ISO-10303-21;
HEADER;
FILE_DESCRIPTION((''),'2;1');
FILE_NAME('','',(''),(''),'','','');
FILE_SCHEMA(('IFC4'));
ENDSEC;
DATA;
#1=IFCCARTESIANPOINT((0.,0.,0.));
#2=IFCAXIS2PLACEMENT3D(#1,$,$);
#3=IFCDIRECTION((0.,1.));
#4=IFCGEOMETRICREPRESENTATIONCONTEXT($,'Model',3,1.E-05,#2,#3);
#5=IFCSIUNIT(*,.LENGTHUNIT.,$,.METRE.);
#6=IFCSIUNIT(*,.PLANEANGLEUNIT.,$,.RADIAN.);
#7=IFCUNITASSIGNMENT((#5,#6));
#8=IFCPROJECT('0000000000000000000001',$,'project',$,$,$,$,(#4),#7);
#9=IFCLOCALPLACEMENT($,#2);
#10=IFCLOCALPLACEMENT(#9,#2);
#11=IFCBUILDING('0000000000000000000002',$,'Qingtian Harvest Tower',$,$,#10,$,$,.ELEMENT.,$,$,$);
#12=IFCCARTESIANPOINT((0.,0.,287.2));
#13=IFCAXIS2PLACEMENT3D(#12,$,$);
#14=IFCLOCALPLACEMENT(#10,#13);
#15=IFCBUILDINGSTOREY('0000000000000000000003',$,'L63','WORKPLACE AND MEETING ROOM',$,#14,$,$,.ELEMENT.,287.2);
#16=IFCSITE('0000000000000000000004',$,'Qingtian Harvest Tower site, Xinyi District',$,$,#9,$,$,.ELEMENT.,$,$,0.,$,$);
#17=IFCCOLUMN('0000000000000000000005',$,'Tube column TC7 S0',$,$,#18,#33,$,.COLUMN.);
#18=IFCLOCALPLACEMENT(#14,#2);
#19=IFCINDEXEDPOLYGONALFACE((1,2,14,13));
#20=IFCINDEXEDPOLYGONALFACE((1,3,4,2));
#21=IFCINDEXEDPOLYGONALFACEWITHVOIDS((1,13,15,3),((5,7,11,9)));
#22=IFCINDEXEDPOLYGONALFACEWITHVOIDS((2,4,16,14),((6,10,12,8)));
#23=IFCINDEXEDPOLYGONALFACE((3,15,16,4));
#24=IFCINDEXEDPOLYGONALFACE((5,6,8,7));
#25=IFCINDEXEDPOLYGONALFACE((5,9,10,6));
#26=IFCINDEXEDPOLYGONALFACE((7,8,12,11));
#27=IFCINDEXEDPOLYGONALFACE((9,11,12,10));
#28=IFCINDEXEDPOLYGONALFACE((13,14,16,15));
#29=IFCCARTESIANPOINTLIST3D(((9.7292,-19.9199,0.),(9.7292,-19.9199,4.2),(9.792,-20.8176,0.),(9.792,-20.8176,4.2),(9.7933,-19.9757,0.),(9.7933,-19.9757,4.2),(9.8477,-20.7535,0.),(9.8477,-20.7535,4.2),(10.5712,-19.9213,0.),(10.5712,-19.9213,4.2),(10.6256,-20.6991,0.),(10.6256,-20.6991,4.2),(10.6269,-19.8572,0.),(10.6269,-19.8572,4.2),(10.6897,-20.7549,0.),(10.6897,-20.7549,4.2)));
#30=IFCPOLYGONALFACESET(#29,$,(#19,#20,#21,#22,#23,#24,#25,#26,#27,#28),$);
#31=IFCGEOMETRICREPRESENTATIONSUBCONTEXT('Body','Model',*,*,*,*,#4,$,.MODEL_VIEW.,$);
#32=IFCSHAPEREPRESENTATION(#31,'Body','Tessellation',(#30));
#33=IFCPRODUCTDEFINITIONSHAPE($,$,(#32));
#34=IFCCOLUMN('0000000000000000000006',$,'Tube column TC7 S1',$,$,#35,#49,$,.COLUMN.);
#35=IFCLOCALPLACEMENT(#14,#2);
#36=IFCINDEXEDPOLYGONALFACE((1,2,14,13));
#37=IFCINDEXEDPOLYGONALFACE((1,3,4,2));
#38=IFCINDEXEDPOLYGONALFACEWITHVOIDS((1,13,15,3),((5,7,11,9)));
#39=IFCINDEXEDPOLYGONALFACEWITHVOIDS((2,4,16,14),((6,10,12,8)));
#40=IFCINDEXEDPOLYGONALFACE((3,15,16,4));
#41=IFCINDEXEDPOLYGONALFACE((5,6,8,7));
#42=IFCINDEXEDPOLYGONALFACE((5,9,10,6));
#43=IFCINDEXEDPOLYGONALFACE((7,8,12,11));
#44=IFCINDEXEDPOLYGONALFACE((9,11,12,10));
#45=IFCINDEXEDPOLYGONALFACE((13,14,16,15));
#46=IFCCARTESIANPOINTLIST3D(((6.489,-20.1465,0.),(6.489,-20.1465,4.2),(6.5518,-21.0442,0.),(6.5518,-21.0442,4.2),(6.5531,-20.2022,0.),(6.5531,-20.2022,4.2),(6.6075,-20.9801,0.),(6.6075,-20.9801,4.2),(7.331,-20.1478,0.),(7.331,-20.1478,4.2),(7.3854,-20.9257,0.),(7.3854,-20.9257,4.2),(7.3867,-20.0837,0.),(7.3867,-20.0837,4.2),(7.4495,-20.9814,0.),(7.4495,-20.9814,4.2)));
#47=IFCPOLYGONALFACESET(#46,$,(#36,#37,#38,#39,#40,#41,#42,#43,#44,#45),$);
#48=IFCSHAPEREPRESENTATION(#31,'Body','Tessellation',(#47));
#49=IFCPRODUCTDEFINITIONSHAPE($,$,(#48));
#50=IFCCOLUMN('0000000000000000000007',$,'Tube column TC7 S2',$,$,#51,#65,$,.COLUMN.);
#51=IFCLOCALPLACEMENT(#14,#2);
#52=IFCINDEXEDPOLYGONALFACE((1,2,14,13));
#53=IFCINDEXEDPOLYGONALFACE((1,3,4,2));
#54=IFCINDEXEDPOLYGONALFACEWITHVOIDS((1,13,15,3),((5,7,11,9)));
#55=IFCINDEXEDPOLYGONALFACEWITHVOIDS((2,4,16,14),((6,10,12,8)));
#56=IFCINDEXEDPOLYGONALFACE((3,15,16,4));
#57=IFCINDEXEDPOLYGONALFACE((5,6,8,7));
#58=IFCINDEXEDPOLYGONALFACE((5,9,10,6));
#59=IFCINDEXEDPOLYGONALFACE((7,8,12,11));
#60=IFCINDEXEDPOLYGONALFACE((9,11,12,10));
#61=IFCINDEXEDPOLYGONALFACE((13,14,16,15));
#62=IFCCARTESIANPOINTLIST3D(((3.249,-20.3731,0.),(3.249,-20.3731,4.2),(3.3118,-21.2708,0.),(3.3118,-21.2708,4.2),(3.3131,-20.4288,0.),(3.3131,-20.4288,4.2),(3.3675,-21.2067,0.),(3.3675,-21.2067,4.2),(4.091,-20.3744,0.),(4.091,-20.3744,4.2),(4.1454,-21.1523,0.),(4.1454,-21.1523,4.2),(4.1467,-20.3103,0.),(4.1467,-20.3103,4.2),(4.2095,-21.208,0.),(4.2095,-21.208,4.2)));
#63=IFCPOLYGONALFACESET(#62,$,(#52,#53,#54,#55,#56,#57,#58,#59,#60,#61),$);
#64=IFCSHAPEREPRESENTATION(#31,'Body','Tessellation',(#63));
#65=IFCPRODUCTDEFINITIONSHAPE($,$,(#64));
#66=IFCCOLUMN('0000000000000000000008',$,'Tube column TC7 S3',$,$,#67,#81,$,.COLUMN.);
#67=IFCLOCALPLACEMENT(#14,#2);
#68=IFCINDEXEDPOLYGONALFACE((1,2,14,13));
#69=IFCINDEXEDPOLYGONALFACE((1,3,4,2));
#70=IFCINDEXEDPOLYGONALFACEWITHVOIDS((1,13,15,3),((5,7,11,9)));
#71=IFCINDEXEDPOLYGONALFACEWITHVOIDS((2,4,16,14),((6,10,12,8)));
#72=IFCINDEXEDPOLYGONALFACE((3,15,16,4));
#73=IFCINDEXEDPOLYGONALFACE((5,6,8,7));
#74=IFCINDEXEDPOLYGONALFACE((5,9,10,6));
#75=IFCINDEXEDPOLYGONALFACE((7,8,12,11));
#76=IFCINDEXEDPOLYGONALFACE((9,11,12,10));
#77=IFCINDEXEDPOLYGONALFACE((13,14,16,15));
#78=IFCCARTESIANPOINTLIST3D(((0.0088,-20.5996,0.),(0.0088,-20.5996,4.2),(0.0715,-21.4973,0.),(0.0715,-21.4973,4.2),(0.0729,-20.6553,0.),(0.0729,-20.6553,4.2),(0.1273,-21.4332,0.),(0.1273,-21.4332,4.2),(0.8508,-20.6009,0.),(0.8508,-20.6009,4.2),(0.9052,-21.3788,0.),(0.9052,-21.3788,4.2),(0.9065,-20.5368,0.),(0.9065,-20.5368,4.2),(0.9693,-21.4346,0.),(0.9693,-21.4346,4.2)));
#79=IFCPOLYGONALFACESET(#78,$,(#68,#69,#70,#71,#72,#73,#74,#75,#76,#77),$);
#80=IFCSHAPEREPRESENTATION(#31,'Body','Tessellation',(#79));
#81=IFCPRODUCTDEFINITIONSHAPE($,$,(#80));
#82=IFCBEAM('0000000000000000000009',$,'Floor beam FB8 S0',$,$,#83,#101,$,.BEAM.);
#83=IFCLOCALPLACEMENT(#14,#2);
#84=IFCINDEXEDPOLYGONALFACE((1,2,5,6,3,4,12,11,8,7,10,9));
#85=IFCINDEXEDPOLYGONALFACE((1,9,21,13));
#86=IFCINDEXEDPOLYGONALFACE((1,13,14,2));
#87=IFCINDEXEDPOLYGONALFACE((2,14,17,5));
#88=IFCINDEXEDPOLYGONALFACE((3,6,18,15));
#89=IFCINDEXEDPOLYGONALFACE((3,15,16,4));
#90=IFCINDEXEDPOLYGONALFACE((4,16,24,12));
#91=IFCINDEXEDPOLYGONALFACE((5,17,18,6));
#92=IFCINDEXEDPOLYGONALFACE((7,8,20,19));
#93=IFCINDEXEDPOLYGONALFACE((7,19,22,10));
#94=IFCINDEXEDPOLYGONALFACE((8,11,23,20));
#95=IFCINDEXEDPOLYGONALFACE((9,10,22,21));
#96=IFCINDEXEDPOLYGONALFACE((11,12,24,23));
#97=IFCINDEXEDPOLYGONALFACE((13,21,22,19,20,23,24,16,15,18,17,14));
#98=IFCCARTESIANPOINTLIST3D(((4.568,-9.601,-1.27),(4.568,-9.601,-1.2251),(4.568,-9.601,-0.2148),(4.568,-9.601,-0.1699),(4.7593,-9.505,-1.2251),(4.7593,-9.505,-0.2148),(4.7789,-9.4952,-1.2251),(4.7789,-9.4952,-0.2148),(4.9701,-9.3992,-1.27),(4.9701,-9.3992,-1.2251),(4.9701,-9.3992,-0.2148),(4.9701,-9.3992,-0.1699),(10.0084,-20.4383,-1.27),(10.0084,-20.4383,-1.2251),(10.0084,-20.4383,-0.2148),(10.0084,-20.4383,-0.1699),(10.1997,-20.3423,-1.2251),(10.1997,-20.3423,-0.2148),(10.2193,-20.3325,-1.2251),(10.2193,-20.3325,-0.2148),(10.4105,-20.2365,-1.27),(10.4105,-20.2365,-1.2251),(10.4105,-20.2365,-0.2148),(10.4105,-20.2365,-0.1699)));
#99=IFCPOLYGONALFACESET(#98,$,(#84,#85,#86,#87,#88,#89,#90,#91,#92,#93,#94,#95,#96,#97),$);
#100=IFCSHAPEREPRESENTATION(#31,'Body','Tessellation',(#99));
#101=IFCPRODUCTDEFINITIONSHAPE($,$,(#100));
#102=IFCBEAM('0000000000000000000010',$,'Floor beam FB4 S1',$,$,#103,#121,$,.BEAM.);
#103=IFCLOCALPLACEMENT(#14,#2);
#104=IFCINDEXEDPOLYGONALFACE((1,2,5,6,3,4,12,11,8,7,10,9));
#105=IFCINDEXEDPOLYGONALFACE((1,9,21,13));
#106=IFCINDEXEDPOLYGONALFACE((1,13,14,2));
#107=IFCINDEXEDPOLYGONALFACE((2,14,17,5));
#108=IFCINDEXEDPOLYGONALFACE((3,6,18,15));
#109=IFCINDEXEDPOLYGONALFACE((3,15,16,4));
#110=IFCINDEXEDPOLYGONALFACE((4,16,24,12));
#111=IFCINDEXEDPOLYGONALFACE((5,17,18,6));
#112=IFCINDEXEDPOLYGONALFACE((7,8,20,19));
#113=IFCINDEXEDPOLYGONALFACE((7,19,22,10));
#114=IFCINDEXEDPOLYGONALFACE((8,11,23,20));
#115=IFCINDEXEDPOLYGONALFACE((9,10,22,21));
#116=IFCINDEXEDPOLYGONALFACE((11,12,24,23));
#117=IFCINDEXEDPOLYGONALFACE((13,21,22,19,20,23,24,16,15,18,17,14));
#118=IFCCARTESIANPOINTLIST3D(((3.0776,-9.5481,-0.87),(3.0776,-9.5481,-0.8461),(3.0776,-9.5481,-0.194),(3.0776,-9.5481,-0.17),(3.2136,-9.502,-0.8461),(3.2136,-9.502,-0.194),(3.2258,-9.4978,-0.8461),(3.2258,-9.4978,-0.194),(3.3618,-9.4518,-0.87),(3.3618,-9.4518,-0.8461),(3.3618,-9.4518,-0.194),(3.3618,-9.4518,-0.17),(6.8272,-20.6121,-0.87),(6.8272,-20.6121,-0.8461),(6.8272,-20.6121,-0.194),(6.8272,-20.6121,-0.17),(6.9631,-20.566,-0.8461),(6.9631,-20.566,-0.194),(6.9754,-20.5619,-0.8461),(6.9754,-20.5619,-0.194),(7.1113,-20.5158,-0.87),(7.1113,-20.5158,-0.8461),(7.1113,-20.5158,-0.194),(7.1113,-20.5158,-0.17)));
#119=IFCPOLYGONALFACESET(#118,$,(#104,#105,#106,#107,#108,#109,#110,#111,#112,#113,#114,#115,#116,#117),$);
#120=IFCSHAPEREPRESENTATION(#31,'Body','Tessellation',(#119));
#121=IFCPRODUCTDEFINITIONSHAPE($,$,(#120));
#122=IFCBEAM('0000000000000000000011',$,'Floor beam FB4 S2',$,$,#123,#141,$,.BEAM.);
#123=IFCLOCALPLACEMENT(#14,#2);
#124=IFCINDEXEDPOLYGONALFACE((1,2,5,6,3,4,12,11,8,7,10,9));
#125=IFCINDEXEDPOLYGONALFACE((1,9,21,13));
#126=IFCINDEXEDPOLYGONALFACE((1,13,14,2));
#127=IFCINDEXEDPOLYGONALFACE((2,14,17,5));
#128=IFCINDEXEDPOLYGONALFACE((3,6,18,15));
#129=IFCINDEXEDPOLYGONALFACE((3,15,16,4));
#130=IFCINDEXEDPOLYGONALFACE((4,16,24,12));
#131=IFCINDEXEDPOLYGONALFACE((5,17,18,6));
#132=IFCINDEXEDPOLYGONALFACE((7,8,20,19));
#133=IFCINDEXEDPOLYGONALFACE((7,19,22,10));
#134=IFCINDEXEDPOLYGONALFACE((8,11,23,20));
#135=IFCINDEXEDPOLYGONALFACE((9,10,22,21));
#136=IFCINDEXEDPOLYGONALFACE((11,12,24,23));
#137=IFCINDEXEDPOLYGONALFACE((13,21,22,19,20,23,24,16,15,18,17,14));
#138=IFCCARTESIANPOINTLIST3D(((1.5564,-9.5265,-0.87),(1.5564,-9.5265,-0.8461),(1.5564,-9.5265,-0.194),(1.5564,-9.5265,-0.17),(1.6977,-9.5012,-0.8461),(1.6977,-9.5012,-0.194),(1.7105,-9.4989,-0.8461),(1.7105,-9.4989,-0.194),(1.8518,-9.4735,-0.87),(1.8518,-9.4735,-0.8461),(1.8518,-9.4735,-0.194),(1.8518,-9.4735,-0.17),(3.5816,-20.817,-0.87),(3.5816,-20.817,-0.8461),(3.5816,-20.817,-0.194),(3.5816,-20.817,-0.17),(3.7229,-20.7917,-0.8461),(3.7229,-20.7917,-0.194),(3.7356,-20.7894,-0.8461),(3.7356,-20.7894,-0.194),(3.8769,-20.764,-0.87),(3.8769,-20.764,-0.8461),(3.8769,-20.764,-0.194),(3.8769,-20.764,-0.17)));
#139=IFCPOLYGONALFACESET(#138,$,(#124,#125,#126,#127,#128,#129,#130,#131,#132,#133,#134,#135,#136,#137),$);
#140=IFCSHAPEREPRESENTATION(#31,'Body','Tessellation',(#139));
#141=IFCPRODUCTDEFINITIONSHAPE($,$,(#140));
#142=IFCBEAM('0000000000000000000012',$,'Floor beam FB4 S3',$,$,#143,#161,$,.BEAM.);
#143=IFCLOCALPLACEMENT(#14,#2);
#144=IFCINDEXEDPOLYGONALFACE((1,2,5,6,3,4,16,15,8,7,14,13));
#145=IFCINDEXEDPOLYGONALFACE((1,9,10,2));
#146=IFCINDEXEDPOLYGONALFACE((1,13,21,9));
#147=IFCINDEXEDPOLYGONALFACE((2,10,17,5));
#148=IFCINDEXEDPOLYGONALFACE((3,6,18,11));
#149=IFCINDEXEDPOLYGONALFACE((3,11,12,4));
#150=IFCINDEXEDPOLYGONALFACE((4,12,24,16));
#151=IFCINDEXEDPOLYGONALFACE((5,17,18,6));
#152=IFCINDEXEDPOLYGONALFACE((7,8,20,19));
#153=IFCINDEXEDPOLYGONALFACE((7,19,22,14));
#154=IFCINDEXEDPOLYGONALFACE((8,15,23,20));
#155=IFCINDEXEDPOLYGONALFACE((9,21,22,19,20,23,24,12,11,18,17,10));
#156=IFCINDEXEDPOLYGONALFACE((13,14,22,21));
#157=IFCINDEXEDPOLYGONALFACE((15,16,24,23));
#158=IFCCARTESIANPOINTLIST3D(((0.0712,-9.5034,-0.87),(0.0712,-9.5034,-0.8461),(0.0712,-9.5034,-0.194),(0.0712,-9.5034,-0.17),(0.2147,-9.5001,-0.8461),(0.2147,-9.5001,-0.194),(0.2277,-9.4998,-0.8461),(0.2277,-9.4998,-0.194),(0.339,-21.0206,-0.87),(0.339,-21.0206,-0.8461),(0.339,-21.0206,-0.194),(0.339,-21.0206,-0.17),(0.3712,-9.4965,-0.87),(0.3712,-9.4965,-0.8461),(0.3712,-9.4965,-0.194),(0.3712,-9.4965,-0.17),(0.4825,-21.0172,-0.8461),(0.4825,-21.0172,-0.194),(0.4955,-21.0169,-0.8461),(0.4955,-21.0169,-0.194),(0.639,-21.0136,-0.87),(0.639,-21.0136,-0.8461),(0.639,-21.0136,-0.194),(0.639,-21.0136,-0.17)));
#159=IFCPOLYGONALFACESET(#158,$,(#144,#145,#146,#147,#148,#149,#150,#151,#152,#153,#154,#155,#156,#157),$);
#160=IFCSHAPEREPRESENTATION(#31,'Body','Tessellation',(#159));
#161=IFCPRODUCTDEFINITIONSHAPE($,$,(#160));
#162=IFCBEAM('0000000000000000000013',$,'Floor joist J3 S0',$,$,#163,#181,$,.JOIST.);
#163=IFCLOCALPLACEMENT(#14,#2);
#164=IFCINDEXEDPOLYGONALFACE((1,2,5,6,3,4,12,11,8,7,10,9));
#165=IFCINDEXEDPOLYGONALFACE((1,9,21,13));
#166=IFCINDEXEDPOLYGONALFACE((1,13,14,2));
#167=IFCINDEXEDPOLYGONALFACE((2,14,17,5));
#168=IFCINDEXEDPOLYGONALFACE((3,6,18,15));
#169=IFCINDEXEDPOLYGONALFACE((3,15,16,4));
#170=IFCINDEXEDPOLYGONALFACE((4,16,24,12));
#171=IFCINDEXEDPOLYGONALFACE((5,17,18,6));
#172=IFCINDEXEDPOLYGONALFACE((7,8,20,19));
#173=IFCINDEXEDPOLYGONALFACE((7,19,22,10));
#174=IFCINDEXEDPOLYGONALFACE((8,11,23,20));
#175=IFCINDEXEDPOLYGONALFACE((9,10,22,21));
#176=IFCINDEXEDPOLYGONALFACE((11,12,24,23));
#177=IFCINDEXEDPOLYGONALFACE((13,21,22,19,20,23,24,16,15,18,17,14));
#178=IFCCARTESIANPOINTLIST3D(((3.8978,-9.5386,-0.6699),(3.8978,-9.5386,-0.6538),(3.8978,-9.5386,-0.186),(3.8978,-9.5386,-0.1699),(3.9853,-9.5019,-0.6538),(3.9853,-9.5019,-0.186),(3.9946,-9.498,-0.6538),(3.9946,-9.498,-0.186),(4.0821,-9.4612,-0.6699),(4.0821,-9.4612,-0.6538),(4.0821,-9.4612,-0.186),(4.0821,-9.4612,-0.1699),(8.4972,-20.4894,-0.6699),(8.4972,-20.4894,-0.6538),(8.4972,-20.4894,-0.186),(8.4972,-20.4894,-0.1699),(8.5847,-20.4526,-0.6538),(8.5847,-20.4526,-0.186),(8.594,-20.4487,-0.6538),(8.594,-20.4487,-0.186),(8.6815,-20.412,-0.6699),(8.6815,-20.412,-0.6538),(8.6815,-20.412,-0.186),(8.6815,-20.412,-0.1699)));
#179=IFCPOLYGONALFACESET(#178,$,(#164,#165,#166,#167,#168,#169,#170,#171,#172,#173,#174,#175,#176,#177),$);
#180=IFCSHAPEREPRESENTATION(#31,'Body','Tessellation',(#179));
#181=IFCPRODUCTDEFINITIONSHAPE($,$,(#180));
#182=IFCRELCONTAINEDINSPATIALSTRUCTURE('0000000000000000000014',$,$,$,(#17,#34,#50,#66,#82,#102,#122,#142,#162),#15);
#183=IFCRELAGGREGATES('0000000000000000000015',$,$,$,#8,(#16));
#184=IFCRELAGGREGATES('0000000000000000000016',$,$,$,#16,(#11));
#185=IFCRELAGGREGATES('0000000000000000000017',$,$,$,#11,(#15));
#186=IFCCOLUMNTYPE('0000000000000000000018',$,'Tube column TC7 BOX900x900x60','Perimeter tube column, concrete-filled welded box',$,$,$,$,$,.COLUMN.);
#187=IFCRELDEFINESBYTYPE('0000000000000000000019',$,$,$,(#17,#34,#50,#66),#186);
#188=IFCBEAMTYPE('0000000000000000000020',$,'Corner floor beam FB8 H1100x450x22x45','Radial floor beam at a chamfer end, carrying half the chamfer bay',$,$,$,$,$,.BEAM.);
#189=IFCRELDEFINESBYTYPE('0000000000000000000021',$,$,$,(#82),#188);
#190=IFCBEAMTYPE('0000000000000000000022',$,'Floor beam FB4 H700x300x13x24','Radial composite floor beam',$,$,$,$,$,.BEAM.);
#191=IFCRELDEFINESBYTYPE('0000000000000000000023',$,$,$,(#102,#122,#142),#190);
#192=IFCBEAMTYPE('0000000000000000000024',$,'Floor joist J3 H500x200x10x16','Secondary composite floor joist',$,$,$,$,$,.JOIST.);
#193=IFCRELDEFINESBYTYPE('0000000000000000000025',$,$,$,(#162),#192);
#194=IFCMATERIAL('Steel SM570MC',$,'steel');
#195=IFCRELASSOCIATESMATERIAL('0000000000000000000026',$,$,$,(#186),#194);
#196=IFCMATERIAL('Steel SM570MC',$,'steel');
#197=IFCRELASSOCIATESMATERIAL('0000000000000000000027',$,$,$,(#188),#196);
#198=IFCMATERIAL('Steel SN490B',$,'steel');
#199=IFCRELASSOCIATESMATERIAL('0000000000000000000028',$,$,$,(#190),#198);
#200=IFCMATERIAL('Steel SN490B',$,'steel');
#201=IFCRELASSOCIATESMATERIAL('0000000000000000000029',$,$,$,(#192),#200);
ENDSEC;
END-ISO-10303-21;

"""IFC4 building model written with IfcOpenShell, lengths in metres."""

from ifc_helpers import new_model, si_unit, direction, frame, origin, origin_2d, place, context, subcontext, project, spatial, hollow_rectangle, i_section, extrude, material, material_profile, profile_set, type_object, element, save


model = new_model("IFC4")

# Units and contexts
model_context = context("Model", 3, precision=1e-05, world=origin(), true_north=direction((0.0, 1.0)))
body_context = subcontext(model_context, "Body", "Model", "MODEL_VIEW")
ifc_project = project(units=[si_unit("LENGTHUNIT", "METRE"), si_unit("PLANEANGLEUNIT", "RADIAN")], contexts=[model_context])

# Site, building, storey
site_placement = place(None, origin())
site = spatial("IfcSite", under=ifc_project, at=site_placement, Name="Qingtian Harvest Tower site, Xinyi District", CompositionType="ELEMENT", RefElevation=0.0)
building_placement = place(site_placement, origin())
building = spatial("IfcBuilding", under=site, at=building_placement, Name="Qingtian Harvest Tower", CompositionType="ELEMENT")
storey_placement = place(building_placement, frame((0.0, 0.0, 287.2)))
storey = spatial("IfcBuildingStorey", under=building, at=storey_placement, Name="L63", Description="WORKPLACE AND MEETING ROOM", CompositionType="ELEMENT", Elevation=287.2)

# Columns
ifc_material_1 = material(Name="Steel SM570MC", Category="steel")
ifc_material_profile_1 = material_profile(ifc_material_1, hollow_rectangle(XDim=0.8999, YDim=0.8999, WallThickness=0.0601, at=origin_2d()), Name="BOX900x900x60")
ifc_profile_set_1 = profile_set([ifc_material_profile_1], Name="Steel SM570MC")
column_type = type_object("IfcColumnType", Name="Tube column TC7 BOX900x900x60", Description="Perimeter tube column, concrete-filled welded box", PredefinedType="COLUMN", material=ifc_profile_set_1)
for number, where, z_axis, x_axis, name in (
    (1, (10.2095, -20.3374, 0.0), (0.0, 0.0, 1.0), (0.997564, 0.069756, 0.0), "Tube column TC7 S0"),
    (2, (6.9692, -20.564, 0.0), (0.0, 0.0, 1.0), (0.997564, 0.069756, 0.0), "Tube column TC7 S1"),
    (3, (3.7292, -20.7905, 0.0), (0.0, 0.0, 1.0), (0.997564, 0.069756, 0.0), "Tube column TC7 S2"),
    (4, (0.489, -21.0171, 0.0), (0.0, 0.0, 1.0), (0.997564, 0.069756, 0.0), "Tube column TC7 S3"),
):
    element("IfcColumn", number, at=place(storey_placement, frame(where, z_axis=z_axis, x_axis=x_axis)), inside=storey, type_object=column_type, Name=name, PredefinedType="COLUMN", context=body_context, shape_type="SweptSolid", body=[
        extrude(hollow_rectangle(XDim=0.8999, YDim=0.8999, WallThickness=0.0601, at=origin_2d()), origin(), (0.0, 0.0, 1.0), 4.2),
    ])

# Beams
ifc_material_2 = material(Name="Steel SM570MC", Category="steel")
ifc_material_profile_2 = material_profile(ifc_material_2, i_section(OverallWidth=0.45, OverallDepth=1.1001, WebThickness=0.022, FlangeThickness=0.0449, at=origin_2d()), Name="H1100x450x22x45")
ifc_profile_set_2 = profile_set([ifc_material_profile_2], Name="Steel SM570MC")
beam_type_1 = type_object("IfcBeamType", Name="Corner floor beam FB8 H1100x450x22x45", Description="Radial floor beam at a chamfer end, carrying half the chamfer bay", PredefinedType="BEAM", material=ifc_profile_set_2)
beam_1_placement = place(storey_placement, frame((10.2095, -20.3374, -0.72), z_axis=(-0.448646, 0.893709, 0.0), x_axis=(-0.893709, -0.448646, 0.0)))
element("IfcBeam", 5, at=beam_1_placement, inside=storey, type_object=beam_type_1, Name="Floor beam FB8 S0", PredefinedType="BEAM", context=body_context, shape_type="SweptSolid", body=[
    extrude(i_section(OverallWidth=0.45, OverallDepth=1.1001, WebThickness=0.022, FlangeThickness=0.0449, at=origin_2d()), origin(), (0.0, 0.0, 1.0), 12.1262),
])
ifc_material_3 = material(Name="Steel SN490B", Category="steel")
ifc_material_profile_3 = material_profile(ifc_material_3, i_section(OverallWidth=0.3, OverallDepth=0.7, WebThickness=0.0129, FlangeThickness=0.0239, at=origin_2d()), Name="H700x300x13x24")
ifc_profile_set_3 = profile_set([ifc_material_profile_3], Name="Steel SN490B")
beam_type_2 = type_object("IfcBeamType", Name="Floor beam FB4 H700x300x13x24", Description="Radial composite floor beam", PredefinedType="BEAM", material=ifc_profile_set_3)
beam_2_placement = place(storey_placement, frame((6.9692, -20.564, -0.52), z_axis=(-0.320964, 0.947092, 0.0), x_axis=(-0.947092, -0.320964, 0.0)))
element("IfcBeam", 6, at=beam_2_placement, inside=storey, type_object=beam_type_2, Name="Floor beam FB4 S1", PredefinedType="BEAM", context=body_context, shape_type="SweptSolid", body=[
    extrude(i_section(OverallWidth=0.3, OverallDepth=0.7, WebThickness=0.0129, FlangeThickness=0.0239, at=origin_2d()), origin(), (0.0, 0.0, 1.0), 11.6821),
])
beam_3_placement = place(storey_placement, frame((3.7292, -20.7905, -0.52), z_axis=(-0.176549, 0.984292, 0.0), x_axis=(-0.984292, -0.176549, 0.0)))
element("IfcBeam", 7, at=beam_3_placement, inside=storey, type_object=beam_type_2, Name="Floor beam FB4 S2", PredefinedType="BEAM", context=body_context, shape_type="SweptSolid", body=[
    extrude(i_section(OverallWidth=0.3, OverallDepth=0.7, WebThickness=0.0129, FlangeThickness=0.0239, at=origin_2d()), origin(), (0.0, 0.0, 1.0), 11.4707),
])
beam_4_placement = place(storey_placement, frame((0.489, -21.0171, -0.52), z_axis=(-0.023248, 0.99973, 0.0), x_axis=(-0.99973, -0.023248, 0.0)))
element("IfcBeam", 8, at=beam_4_placement, inside=storey, type_object=beam_type_2, Name="Floor beam FB4 S3", PredefinedType="BEAM", context=body_context, shape_type="SweptSolid", body=[
    extrude(i_section(OverallWidth=0.3, OverallDepth=0.7, WebThickness=0.0129, FlangeThickness=0.0239, at=origin_2d()), origin(), (0.0, 0.0, 1.0), 11.5203),
])
ifc_material_4 = material(Name="Steel SN490B", Category="steel")
ifc_material_profile_4 = material_profile(ifc_material_4, i_section(OverallWidth=0.2, OverallDepth=0.5, WebThickness=0.01, FlangeThickness=0.0161, at=origin_2d()), Name="H500x200x10x16")
ifc_profile_set_4 = profile_set([ifc_material_profile_4], Name="Steel SN490B")
beam_type_3 = type_object("IfcBeamType", Name="Floor joist J3 H500x200x10x16", Description="Secondary composite floor joist", PredefinedType="JOIST", material=ifc_profile_set_4)
beam_5_placement = place(storey_placement, frame((8.5894, -20.4507, -0.4199), z_axis=(-0.387238, 0.92198, 0.0), x_axis=(-0.92198, -0.387238, 0.0)))
element("IfcBeam", 9, at=beam_5_placement, inside=storey, type_object=beam_type_3, Name="Floor joist J3 S0", PredefinedType="JOIST", context=body_context, shape_type="SweptSolid", body=[
    extrude(i_section(OverallWidth=0.2, OverallDepth=0.5, WebThickness=0.01, FlangeThickness=0.0161, at=origin_2d()), origin(), (0.0, 0.0, 1.0), 11.8774),
])

save(model, "model.ifc")
